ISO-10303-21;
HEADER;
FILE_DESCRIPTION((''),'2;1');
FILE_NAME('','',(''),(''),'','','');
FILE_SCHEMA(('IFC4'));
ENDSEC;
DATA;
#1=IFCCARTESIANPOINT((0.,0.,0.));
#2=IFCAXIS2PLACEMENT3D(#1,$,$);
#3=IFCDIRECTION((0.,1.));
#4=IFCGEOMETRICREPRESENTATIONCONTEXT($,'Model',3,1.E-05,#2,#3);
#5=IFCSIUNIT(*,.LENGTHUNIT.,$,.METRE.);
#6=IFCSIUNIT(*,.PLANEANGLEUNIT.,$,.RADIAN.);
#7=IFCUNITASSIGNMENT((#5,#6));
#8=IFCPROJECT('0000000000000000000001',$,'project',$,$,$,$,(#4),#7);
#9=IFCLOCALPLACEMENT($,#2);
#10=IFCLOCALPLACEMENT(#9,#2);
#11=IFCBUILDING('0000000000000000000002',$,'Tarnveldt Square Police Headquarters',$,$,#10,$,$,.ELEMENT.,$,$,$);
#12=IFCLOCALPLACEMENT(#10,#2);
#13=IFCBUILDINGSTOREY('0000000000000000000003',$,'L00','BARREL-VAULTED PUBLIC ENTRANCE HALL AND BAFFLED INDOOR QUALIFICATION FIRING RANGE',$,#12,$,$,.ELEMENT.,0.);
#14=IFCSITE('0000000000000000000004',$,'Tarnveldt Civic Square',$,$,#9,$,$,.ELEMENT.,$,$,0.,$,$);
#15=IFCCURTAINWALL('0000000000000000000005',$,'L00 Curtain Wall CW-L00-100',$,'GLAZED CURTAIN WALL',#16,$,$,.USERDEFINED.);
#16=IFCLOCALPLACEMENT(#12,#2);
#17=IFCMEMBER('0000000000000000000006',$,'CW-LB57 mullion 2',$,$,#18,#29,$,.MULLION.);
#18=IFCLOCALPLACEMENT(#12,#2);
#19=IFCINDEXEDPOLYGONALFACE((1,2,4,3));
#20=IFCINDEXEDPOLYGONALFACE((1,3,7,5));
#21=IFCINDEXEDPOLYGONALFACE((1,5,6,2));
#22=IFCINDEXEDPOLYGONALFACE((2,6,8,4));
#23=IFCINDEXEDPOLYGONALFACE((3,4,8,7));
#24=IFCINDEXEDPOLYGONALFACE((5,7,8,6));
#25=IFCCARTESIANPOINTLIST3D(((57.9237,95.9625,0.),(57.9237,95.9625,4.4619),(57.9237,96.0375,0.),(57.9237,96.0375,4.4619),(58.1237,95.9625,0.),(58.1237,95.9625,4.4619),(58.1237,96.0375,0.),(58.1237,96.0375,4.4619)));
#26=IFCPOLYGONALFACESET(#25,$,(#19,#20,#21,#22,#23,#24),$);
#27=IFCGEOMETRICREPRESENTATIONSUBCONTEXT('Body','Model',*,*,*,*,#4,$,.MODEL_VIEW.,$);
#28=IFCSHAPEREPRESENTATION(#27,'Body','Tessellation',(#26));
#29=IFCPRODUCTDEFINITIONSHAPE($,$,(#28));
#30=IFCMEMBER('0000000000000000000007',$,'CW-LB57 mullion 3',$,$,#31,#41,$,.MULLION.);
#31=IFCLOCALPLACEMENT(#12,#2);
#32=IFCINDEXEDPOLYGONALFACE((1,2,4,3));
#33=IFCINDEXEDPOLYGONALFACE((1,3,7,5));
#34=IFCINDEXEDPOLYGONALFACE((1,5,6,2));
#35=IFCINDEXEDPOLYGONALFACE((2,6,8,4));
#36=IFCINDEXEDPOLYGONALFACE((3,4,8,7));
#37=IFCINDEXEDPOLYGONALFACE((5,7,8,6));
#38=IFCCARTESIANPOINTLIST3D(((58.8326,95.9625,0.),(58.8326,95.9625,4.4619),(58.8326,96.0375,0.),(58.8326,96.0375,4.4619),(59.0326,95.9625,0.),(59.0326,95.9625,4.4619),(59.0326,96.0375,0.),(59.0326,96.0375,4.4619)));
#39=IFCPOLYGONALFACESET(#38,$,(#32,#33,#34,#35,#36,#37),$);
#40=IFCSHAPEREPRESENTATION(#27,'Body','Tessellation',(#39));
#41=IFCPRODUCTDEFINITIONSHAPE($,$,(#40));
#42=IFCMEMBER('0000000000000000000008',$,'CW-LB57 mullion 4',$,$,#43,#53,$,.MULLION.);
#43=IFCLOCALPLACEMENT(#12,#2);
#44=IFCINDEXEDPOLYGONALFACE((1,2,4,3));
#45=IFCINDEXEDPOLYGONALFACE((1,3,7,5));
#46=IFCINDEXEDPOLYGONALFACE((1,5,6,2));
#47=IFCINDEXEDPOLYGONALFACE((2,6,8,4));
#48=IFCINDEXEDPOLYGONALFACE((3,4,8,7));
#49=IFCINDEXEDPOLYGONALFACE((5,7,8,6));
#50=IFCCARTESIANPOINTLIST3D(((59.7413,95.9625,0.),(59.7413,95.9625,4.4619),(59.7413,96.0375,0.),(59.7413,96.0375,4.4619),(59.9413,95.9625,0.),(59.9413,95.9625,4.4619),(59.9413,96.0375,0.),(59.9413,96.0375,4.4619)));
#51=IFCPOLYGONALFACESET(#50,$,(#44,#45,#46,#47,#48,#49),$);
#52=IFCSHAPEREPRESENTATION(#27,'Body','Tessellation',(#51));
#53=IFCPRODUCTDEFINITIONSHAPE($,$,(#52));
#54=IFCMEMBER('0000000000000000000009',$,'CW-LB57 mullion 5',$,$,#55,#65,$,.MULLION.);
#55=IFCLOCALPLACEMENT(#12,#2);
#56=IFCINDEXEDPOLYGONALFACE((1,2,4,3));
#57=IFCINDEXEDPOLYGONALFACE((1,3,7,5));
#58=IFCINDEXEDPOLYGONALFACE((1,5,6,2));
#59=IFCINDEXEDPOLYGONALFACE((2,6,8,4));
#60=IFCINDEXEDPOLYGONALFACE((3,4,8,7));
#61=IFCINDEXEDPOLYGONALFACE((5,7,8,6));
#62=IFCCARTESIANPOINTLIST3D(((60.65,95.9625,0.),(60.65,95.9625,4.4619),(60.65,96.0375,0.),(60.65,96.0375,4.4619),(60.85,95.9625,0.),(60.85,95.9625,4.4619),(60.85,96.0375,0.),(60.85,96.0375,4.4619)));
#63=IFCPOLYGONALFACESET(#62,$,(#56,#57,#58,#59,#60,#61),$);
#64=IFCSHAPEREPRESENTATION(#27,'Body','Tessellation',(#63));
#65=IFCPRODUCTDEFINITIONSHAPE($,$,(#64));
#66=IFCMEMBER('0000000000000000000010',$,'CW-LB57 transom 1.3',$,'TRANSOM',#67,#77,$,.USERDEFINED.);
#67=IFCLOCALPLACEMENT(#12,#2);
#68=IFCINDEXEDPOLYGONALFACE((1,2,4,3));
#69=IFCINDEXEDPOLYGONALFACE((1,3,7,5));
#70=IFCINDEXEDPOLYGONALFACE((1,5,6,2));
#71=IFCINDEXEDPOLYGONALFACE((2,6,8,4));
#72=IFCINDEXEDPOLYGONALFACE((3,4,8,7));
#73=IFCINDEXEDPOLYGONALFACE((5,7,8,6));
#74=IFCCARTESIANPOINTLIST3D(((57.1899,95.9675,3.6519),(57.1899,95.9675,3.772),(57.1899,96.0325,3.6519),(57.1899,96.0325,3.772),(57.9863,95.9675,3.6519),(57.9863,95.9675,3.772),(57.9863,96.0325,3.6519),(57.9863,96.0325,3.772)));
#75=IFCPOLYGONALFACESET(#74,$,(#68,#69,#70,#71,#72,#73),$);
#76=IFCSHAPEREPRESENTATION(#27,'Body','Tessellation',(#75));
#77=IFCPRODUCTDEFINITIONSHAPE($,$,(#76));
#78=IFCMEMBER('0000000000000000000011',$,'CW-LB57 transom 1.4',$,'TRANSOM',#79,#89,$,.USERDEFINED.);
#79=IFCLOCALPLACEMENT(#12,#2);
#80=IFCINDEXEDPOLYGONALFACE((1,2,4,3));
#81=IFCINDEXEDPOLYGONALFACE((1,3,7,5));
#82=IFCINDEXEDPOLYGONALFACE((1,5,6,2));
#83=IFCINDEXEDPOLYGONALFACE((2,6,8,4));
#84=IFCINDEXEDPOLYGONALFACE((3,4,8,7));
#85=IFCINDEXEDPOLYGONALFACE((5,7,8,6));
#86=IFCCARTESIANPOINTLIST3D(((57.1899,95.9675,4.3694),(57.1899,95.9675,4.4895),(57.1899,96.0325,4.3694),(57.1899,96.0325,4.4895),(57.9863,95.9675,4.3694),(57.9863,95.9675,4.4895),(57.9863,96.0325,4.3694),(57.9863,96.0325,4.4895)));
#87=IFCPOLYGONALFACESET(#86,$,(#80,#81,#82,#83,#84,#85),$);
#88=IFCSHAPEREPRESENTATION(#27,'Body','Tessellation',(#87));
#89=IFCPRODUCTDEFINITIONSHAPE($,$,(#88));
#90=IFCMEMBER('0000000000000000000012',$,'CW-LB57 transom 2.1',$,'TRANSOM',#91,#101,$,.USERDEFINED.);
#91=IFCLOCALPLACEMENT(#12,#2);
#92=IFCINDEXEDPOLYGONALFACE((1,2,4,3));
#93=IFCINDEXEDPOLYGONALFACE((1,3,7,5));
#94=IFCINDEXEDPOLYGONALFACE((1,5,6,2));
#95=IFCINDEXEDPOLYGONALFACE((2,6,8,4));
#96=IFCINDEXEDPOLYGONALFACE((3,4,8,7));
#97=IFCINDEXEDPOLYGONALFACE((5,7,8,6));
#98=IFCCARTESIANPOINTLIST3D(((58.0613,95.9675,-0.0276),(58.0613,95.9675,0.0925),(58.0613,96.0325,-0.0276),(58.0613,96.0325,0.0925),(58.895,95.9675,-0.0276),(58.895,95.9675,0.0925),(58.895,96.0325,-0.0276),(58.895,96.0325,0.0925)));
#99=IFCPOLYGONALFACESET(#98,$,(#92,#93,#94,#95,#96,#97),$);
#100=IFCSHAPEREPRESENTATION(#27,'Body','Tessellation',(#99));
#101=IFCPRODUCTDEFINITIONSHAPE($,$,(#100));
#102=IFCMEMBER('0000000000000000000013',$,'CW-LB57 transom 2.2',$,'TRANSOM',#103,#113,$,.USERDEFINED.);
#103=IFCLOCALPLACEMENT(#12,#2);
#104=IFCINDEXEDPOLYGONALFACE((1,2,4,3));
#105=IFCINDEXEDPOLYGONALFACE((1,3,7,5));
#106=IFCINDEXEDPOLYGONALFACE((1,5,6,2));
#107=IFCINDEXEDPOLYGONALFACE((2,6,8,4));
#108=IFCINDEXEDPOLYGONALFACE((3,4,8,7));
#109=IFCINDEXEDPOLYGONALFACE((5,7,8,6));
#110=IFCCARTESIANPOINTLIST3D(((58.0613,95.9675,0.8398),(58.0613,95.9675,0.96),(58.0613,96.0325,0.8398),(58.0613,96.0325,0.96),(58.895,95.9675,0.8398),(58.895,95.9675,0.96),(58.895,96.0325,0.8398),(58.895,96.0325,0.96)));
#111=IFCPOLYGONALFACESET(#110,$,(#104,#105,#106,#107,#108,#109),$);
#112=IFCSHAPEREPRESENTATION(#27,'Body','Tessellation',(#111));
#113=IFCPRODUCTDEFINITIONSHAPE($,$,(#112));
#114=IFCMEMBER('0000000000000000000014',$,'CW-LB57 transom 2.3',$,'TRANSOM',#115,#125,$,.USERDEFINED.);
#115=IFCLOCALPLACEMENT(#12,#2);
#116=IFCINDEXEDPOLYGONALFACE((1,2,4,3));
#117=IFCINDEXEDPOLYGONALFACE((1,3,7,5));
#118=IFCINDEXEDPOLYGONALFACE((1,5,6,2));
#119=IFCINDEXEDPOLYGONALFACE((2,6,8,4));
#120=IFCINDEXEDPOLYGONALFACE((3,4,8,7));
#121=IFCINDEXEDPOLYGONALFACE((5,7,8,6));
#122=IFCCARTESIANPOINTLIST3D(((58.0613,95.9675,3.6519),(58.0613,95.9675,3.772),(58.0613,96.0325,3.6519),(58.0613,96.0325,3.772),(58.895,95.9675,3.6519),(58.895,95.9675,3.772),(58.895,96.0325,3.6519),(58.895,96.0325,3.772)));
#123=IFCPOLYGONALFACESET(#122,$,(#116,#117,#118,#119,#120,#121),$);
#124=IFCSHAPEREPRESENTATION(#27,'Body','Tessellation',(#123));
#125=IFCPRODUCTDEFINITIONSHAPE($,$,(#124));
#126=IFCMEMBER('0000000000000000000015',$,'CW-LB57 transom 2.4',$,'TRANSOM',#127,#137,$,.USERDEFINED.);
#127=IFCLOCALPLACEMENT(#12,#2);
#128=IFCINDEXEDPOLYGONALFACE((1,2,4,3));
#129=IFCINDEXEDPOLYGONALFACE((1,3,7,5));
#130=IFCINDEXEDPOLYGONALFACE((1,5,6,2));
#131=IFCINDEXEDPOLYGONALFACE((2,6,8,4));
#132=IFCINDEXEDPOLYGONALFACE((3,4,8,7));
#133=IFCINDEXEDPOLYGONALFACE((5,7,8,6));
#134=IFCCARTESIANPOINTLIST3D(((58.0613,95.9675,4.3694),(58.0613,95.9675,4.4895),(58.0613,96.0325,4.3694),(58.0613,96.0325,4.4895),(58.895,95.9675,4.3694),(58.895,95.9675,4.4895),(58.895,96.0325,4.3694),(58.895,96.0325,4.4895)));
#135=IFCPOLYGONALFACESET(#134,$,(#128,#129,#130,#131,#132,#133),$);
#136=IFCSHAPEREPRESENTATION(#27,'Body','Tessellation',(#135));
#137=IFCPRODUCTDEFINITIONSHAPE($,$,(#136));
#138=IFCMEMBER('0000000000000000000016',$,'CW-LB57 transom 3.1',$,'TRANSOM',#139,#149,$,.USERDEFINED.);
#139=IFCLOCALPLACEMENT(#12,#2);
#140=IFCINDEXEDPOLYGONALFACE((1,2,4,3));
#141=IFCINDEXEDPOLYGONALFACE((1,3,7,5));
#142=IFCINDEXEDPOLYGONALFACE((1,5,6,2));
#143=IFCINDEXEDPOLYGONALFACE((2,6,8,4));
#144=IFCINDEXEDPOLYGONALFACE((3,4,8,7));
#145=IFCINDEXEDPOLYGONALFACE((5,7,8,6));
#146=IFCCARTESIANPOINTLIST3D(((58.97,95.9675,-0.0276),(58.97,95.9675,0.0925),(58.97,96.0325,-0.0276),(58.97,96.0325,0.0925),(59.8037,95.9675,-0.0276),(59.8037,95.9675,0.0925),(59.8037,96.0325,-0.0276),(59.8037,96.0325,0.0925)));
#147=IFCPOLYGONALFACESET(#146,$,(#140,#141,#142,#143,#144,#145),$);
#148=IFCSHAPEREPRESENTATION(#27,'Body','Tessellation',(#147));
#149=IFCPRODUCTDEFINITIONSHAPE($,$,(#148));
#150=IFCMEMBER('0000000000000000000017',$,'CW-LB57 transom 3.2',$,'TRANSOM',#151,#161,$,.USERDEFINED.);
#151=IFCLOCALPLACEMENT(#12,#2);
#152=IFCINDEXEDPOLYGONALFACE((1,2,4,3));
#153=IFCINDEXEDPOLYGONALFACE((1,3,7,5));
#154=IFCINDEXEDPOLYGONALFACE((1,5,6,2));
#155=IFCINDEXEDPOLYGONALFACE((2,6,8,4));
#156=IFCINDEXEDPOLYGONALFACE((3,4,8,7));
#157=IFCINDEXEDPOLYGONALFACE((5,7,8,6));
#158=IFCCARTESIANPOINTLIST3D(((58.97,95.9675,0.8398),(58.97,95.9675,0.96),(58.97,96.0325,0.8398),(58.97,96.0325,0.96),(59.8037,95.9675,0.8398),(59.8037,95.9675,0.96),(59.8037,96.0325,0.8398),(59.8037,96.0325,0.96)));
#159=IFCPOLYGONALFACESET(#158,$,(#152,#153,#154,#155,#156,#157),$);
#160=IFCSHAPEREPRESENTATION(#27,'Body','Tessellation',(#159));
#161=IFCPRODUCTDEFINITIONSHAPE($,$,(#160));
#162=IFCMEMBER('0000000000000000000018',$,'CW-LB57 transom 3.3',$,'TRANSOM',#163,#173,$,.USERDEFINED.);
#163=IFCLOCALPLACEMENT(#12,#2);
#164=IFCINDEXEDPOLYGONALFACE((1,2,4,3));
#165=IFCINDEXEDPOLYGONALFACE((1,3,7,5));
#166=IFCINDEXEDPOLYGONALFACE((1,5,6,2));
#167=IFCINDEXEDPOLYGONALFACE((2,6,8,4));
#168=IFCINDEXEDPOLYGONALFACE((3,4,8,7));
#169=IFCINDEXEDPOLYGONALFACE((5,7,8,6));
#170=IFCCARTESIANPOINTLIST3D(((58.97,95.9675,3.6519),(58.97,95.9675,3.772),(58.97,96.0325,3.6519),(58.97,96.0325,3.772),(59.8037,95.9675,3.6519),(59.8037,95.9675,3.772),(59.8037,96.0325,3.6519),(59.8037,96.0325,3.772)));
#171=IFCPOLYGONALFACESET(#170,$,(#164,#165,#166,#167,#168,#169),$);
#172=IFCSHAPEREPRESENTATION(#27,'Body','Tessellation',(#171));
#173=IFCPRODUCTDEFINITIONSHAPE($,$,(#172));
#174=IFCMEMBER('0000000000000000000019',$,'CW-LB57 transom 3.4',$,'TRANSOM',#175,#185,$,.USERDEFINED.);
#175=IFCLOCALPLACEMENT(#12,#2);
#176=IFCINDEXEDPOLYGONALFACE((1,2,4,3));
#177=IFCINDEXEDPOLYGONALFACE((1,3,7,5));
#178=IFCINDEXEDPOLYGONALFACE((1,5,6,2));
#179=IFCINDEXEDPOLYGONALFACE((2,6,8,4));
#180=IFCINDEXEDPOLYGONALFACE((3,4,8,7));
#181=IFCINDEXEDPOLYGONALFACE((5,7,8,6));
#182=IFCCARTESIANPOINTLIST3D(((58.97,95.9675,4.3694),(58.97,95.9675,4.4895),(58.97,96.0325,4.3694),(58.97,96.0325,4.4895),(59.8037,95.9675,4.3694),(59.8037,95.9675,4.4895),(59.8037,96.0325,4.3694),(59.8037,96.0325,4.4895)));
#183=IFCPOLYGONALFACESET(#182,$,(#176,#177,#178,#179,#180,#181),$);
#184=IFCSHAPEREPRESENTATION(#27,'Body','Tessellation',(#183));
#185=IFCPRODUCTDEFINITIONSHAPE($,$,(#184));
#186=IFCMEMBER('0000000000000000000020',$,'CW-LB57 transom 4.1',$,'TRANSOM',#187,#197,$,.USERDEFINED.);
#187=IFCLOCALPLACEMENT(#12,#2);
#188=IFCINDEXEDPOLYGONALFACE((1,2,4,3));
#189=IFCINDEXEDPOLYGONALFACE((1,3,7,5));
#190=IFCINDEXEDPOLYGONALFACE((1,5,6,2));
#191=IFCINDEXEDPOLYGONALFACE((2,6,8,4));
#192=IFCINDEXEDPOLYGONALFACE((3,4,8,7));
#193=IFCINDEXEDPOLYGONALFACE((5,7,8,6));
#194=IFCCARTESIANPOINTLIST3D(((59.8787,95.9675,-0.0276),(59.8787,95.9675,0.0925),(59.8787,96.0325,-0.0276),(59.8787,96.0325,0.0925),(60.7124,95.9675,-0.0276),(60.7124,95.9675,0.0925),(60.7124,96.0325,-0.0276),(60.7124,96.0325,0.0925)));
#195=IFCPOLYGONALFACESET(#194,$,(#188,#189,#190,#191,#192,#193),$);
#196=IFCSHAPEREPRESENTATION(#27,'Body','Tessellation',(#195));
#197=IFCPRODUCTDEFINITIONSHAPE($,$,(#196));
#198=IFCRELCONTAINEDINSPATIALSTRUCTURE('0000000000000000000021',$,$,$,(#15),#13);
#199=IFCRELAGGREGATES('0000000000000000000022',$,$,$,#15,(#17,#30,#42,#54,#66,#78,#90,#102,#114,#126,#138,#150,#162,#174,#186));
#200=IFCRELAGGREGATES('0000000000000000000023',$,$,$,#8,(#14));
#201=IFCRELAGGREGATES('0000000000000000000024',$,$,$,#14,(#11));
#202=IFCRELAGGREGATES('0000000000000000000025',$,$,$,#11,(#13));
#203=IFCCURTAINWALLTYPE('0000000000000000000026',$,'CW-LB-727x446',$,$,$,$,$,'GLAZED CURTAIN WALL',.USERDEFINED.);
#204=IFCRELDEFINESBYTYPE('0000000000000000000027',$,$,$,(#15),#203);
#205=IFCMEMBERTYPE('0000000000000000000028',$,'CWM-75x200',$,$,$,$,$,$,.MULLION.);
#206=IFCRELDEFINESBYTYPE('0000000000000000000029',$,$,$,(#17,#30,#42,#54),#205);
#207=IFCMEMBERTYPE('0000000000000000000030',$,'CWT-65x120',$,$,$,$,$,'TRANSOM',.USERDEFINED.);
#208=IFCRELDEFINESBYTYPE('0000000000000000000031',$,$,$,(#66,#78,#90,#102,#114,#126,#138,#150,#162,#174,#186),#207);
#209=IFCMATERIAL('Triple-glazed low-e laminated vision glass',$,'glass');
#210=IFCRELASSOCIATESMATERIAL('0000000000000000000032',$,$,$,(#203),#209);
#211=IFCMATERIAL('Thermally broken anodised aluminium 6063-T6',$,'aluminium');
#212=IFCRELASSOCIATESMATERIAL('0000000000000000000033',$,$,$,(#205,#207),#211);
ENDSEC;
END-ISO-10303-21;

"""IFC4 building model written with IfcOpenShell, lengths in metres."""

from ifc_helpers import new_model, si_unit, direction, frame, origin, origin_2d, place, context, subcontext, project, spatial, rectangle, extrude, material, material_profile, profile_set, type_object, element, aggregate, save


model = new_model("IFC4")

# Units and contexts
model_context = context("Model", 3, precision=1e-05, world=origin(), true_north=direction((0.0, 1.0)))
body_context = subcontext(model_context, "Body", "Model", "MODEL_VIEW")
ifc_project = project(units=[si_unit("LENGTHUNIT", "METRE"), si_unit("PLANEANGLEUNIT", "RADIAN")], contexts=[model_context])

# Site, building, storey
site_placement = place(None, origin())
site = spatial("IfcSite", under=ifc_project, at=site_placement, Name="Tarnveldt Civic Square", CompositionType="ELEMENT", RefElevation=0.0)
building_placement = place(site_placement, origin())
building = spatial("IfcBuilding", under=site, at=building_placement, Name="Tarnveldt Square Police Headquarters", CompositionType="ELEMENT")
storey_placement = place(building_placement, origin())
storey = spatial("IfcBuildingStorey", under=building, at=storey_placement, Name="L00", Description="BARREL-VAULTED PUBLIC ENTRANCE HALL AND BAFFLED INDOOR QUALIFICATION FIRING RANGE", CompositionType="ELEMENT", Elevation=0.0)

# Curtain wall, members
ifc_material_1 = material(Name="Triple-glazed low-e laminated vision glass", Category="glass")
curtain_wall_type = type_object("IfcCurtainWallType", Name="CW-LB-727x446", ElementType="GLAZED CURTAIN WALL", PredefinedType="USERDEFINED", material=ifc_material_1)
curtain_wall_placement = place(storey_placement, origin())
curtain_wall = element("IfcCurtainWall", 1, at=curtain_wall_placement, inside=storey, type_object=curtain_wall_type, Name="L00 Curtain Wall CW-L00-100", ObjectType="GLAZED CURTAIN WALL", PredefinedType="USERDEFINED")
ifc_material_2 = material(Name="Thermally broken anodised aluminium 6063-T6", Category="aluminium")
ifc_material_profile_1 = material_profile(ifc_material_2, rectangle(XDim=0.075, YDim=0.2, at=origin_2d()), Name="CW-M75x200")
ifc_profile_set_1 = profile_set([ifc_material_profile_1], Name="Thermally broken anodised aluminium 6063-T6")
member_type_1 = type_object("IfcMemberType", Name="CWM-75x200", PredefinedType="MULLION", material=ifc_profile_set_1)
member_1_placement = place(storey_placement, frame((58.0237, 96.0, 0.0), z_axis=(0.0, 0.0, 1.0), x_axis=(0.0, 1.0, 0.0)))
member_1 = element("IfcMember", 2, at=member_1_placement, type_object=member_type_1, Name="CW-LB57 mullion 2", PredefinedType="MULLION", context=body_context, shape_type="SweptSolid", body=[
    extrude(rectangle(XDim=0.075, YDim=0.2, at=origin_2d()), origin(), (0.0, 0.0, 1.0), 4.4619),
])
member_2_placement = place(storey_placement, frame((58.9326, 96.0, 0.0), z_axis=(0.0, 0.0, 1.0), x_axis=(0.0, 1.0, 0.0)))
member_2 = element("IfcMember", 3, at=member_2_placement, type_object=member_type_1, Name="CW-LB57 mullion 3", PredefinedType="MULLION", context=body_context, shape_type="SweptSolid", body=[
    extrude(rectangle(XDim=0.075, YDim=0.2, at=origin_2d()), origin(), (0.0, 0.0, 1.0), 4.4619),
])
member_3_placement = place(storey_placement, frame((59.8413, 96.0, 0.0), z_axis=(0.0, 0.0, 1.0), x_axis=(0.0, 1.0, 0.0)))
member_3 = element("IfcMember", 4, at=member_3_placement, type_object=member_type_1, Name="CW-LB57 mullion 4", PredefinedType="MULLION", context=body_context, shape_type="SweptSolid", body=[
    extrude(rectangle(XDim=0.075, YDim=0.2, at=origin_2d()), origin(), (0.0, 0.0, 1.0), 4.4619),
])
member_4_placement = place(storey_placement, frame((60.75, 96.0, 0.0), z_axis=(0.0, 0.0, 1.0), x_axis=(0.0, 1.0, 0.0)))
member_4 = element("IfcMember", 5, at=member_4_placement, type_object=member_type_1, Name="CW-LB57 mullion 5", PredefinedType="MULLION", context=body_context, shape_type="SweptSolid", body=[
    extrude(rectangle(XDim=0.075, YDim=0.2, at=origin_2d()), origin(), (0.0, 0.0, 1.0), 4.4619),
])
ifc_material_profile_2 = material_profile(ifc_material_2, rectangle(XDim=0.0649, YDim=0.1201, at=origin_2d()), Name="CW-T65x120")
ifc_profile_set_2 = profile_set([ifc_material_profile_2], Name="Thermally broken anodised aluminium 6063-T6")
member_type_2 = type_object("IfcMemberType", Name="CWT-65x120", ElementType="TRANSOM", PredefinedType="USERDEFINED", material=ifc_profile_set_2)
member_5_placement = place(storey_placement, frame((57.1899, 96.0, 3.7119), z_axis=(1.0, 0.0, 0.0), x_axis=(0.0, 1.0, 0.0)))
member_5 = element("IfcMember", 6, at=member_5_placement, type_object=member_type_2, Name="CW-LB57 transom 1.3", ObjectType="TRANSOM", PredefinedType="USERDEFINED", context=body_context, shape_type="SweptSolid", body=[
    extrude(rectangle(XDim=0.0649, YDim=0.1201, at=origin_2d()), origin(), (0.0, 0.0, 1.0), 0.7964),
])
member_6_placement = place(storey_placement, frame((57.1899, 96.0, 4.4294), z_axis=(1.0, 0.0, 0.0), x_axis=(0.0, 1.0, 0.0)))
member_6 = element("IfcMember", 7, at=member_6_placement, type_object=member_type_2, Name="CW-LB57 transom 1.4", ObjectType="TRANSOM", PredefinedType="USERDEFINED", context=body_context, shape_type="SweptSolid", body=[
    extrude(rectangle(XDim=0.0649, YDim=0.1201, at=origin_2d()), origin(), (0.0, 0.0, 1.0), 0.7964),
])
member_7_placement = place(storey_placement, frame((58.0613, 96.0, 0.0325), z_axis=(1.0, 0.0, 0.0), x_axis=(0.0, 1.0, 0.0)))
member_7 = element("IfcMember", 8, at=member_7_placement, type_object=member_type_2, Name="CW-LB57 transom 2.1", ObjectType="TRANSOM", PredefinedType="USERDEFINED", context=body_context, shape_type="SweptSolid", body=[
    extrude(rectangle(XDim=0.0649, YDim=0.1201, at=origin_2d()), origin(), (0.0, 0.0, 1.0), 0.8337),
])
member_8_placement = place(storey_placement, frame((58.0613, 96.0, 0.8999), z_axis=(1.0, 0.0, 0.0), x_axis=(0.0, 1.0, 0.0)))
member_8 = element("IfcMember", 9, at=member_8_placement, type_object=member_type_2, Name="CW-LB57 transom 2.2", ObjectType="TRANSOM", PredefinedType="USERDEFINED", context=body_context, shape_type="SweptSolid", body=[
    extrude(rectangle(XDim=0.0649, YDim=0.1201, at=origin_2d()), origin(), (0.0, 0.0, 1.0), 0.8337),
])
member_9_placement = place(storey_placement, frame((58.0613, 96.0, 3.7119), z_axis=(1.0, 0.0, 0.0), x_axis=(0.0, 1.0, 0.0)))
member_9 = element("IfcMember", 10, at=member_9_placement, type_object=member_type_2, Name="CW-LB57 transom 2.3", ObjectType="TRANSOM", PredefinedType="USERDEFINED", context=body_context, shape_type="SweptSolid", body=[
    extrude(rectangle(XDim=0.0649, YDim=0.1201, at=origin_2d()), origin(), (0.0, 0.0, 1.0), 0.8337),
])
member_10_placement = place(storey_placement, frame((58.0613, 96.0, 4.4294), z_axis=(1.0, 0.0, 0.0), x_axis=(0.0, 1.0, 0.0)))
member_10 = element("IfcMember", 11, at=member_10_placement, type_object=member_type_2, Name="CW-LB57 transom 2.4", ObjectType="TRANSOM", PredefinedType="USERDEFINED", context=body_context, shape_type="SweptSolid", body=[
    extrude(rectangle(XDim=0.0649, YDim=0.1201, at=origin_2d()), origin(), (0.0, 0.0, 1.0), 0.8337),
])
member_11_placement = place(storey_placement, frame((58.97, 96.0, 0.0325), z_axis=(1.0, 0.0, 0.0), x_axis=(0.0, 1.0, 0.0)))
member_11 = element("IfcMember", 12, at=member_11_placement, type_object=member_type_2, Name="CW-LB57 transom 3.1", ObjectType="TRANSOM", PredefinedType="USERDEFINED", context=body_context, shape_type="SweptSolid", body=[
    extrude(rectangle(XDim=0.0649, YDim=0.1201, at=origin_2d()), origin(), (0.0, 0.0, 1.0), 0.8337),
])
member_12_placement = place(storey_placement, frame((58.97, 96.0, 0.8999), z_axis=(1.0, 0.0, 0.0), x_axis=(0.0, 1.0, 0.0)))
member_12 = element("IfcMember", 13, at=member_12_placement, type_object=member_type_2, Name="CW-LB57 transom 3.2", ObjectType="TRANSOM", PredefinedType="USERDEFINED", context=body_context, shape_type="SweptSolid", body=[
    extrude(rectangle(XDim=0.0649, YDim=0.1201, at=origin_2d()), origin(), (0.0, 0.0, 1.0), 0.8337),
])
member_13_placement = place(storey_placement, frame((58.97, 96.0, 3.7119), z_axis=(1.0, 0.0, 0.0), x_axis=(0.0, 1.0, 0.0)))
member_13 = element("IfcMember", 14, at=member_13_placement, type_object=member_type_2, Name="CW-LB57 transom 3.3", ObjectType="TRANSOM", PredefinedType="USERDEFINED", context=body_context, shape_type="SweptSolid", body=[
    extrude(rectangle(XDim=0.0649, YDim=0.1201, at=origin_2d()), origin(), (0.0, 0.0, 1.0), 0.8337),
])
member_14_placement = place(storey_placement, frame((58.97, 96.0, 4.4294), z_axis=(1.0, 0.0, 0.0), x_axis=(0.0, 1.0, 0.0)))
member_14 = element("IfcMember", 15, at=member_14_placement, type_object=member_type_2, Name="CW-LB57 transom 3.4", ObjectType="TRANSOM", PredefinedType="USERDEFINED", context=body_context, shape_type="SweptSolid", body=[
    extrude(rectangle(XDim=0.0649, YDim=0.1201, at=origin_2d()), origin(), (0.0, 0.0, 1.0), 0.8337),
])
member_15_placement = place(storey_placement, frame((59.8787, 96.0, 0.0325), z_axis=(1.0, 0.0, 0.0), x_axis=(0.0, 1.0, 0.0)))
member_15 = element("IfcMember", 16, at=member_15_placement, type_object=member_type_2, Name="CW-LB57 transom 4.1", ObjectType="TRANSOM", PredefinedType="USERDEFINED", context=body_context, shape_type="SweptSolid", body=[
    extrude(rectangle(XDim=0.0649, YDim=0.1201, at=origin_2d()), origin(), (0.0, 0.0, 1.0), 0.8337),
])
aggregate(curtain_wall, [member_1, member_2, member_3, member_4, member_5, member_6, member_7, member_8, member_9, member_10, member_11, member_12, member_13, member_14, member_15])

save(model, "model.ifc")
